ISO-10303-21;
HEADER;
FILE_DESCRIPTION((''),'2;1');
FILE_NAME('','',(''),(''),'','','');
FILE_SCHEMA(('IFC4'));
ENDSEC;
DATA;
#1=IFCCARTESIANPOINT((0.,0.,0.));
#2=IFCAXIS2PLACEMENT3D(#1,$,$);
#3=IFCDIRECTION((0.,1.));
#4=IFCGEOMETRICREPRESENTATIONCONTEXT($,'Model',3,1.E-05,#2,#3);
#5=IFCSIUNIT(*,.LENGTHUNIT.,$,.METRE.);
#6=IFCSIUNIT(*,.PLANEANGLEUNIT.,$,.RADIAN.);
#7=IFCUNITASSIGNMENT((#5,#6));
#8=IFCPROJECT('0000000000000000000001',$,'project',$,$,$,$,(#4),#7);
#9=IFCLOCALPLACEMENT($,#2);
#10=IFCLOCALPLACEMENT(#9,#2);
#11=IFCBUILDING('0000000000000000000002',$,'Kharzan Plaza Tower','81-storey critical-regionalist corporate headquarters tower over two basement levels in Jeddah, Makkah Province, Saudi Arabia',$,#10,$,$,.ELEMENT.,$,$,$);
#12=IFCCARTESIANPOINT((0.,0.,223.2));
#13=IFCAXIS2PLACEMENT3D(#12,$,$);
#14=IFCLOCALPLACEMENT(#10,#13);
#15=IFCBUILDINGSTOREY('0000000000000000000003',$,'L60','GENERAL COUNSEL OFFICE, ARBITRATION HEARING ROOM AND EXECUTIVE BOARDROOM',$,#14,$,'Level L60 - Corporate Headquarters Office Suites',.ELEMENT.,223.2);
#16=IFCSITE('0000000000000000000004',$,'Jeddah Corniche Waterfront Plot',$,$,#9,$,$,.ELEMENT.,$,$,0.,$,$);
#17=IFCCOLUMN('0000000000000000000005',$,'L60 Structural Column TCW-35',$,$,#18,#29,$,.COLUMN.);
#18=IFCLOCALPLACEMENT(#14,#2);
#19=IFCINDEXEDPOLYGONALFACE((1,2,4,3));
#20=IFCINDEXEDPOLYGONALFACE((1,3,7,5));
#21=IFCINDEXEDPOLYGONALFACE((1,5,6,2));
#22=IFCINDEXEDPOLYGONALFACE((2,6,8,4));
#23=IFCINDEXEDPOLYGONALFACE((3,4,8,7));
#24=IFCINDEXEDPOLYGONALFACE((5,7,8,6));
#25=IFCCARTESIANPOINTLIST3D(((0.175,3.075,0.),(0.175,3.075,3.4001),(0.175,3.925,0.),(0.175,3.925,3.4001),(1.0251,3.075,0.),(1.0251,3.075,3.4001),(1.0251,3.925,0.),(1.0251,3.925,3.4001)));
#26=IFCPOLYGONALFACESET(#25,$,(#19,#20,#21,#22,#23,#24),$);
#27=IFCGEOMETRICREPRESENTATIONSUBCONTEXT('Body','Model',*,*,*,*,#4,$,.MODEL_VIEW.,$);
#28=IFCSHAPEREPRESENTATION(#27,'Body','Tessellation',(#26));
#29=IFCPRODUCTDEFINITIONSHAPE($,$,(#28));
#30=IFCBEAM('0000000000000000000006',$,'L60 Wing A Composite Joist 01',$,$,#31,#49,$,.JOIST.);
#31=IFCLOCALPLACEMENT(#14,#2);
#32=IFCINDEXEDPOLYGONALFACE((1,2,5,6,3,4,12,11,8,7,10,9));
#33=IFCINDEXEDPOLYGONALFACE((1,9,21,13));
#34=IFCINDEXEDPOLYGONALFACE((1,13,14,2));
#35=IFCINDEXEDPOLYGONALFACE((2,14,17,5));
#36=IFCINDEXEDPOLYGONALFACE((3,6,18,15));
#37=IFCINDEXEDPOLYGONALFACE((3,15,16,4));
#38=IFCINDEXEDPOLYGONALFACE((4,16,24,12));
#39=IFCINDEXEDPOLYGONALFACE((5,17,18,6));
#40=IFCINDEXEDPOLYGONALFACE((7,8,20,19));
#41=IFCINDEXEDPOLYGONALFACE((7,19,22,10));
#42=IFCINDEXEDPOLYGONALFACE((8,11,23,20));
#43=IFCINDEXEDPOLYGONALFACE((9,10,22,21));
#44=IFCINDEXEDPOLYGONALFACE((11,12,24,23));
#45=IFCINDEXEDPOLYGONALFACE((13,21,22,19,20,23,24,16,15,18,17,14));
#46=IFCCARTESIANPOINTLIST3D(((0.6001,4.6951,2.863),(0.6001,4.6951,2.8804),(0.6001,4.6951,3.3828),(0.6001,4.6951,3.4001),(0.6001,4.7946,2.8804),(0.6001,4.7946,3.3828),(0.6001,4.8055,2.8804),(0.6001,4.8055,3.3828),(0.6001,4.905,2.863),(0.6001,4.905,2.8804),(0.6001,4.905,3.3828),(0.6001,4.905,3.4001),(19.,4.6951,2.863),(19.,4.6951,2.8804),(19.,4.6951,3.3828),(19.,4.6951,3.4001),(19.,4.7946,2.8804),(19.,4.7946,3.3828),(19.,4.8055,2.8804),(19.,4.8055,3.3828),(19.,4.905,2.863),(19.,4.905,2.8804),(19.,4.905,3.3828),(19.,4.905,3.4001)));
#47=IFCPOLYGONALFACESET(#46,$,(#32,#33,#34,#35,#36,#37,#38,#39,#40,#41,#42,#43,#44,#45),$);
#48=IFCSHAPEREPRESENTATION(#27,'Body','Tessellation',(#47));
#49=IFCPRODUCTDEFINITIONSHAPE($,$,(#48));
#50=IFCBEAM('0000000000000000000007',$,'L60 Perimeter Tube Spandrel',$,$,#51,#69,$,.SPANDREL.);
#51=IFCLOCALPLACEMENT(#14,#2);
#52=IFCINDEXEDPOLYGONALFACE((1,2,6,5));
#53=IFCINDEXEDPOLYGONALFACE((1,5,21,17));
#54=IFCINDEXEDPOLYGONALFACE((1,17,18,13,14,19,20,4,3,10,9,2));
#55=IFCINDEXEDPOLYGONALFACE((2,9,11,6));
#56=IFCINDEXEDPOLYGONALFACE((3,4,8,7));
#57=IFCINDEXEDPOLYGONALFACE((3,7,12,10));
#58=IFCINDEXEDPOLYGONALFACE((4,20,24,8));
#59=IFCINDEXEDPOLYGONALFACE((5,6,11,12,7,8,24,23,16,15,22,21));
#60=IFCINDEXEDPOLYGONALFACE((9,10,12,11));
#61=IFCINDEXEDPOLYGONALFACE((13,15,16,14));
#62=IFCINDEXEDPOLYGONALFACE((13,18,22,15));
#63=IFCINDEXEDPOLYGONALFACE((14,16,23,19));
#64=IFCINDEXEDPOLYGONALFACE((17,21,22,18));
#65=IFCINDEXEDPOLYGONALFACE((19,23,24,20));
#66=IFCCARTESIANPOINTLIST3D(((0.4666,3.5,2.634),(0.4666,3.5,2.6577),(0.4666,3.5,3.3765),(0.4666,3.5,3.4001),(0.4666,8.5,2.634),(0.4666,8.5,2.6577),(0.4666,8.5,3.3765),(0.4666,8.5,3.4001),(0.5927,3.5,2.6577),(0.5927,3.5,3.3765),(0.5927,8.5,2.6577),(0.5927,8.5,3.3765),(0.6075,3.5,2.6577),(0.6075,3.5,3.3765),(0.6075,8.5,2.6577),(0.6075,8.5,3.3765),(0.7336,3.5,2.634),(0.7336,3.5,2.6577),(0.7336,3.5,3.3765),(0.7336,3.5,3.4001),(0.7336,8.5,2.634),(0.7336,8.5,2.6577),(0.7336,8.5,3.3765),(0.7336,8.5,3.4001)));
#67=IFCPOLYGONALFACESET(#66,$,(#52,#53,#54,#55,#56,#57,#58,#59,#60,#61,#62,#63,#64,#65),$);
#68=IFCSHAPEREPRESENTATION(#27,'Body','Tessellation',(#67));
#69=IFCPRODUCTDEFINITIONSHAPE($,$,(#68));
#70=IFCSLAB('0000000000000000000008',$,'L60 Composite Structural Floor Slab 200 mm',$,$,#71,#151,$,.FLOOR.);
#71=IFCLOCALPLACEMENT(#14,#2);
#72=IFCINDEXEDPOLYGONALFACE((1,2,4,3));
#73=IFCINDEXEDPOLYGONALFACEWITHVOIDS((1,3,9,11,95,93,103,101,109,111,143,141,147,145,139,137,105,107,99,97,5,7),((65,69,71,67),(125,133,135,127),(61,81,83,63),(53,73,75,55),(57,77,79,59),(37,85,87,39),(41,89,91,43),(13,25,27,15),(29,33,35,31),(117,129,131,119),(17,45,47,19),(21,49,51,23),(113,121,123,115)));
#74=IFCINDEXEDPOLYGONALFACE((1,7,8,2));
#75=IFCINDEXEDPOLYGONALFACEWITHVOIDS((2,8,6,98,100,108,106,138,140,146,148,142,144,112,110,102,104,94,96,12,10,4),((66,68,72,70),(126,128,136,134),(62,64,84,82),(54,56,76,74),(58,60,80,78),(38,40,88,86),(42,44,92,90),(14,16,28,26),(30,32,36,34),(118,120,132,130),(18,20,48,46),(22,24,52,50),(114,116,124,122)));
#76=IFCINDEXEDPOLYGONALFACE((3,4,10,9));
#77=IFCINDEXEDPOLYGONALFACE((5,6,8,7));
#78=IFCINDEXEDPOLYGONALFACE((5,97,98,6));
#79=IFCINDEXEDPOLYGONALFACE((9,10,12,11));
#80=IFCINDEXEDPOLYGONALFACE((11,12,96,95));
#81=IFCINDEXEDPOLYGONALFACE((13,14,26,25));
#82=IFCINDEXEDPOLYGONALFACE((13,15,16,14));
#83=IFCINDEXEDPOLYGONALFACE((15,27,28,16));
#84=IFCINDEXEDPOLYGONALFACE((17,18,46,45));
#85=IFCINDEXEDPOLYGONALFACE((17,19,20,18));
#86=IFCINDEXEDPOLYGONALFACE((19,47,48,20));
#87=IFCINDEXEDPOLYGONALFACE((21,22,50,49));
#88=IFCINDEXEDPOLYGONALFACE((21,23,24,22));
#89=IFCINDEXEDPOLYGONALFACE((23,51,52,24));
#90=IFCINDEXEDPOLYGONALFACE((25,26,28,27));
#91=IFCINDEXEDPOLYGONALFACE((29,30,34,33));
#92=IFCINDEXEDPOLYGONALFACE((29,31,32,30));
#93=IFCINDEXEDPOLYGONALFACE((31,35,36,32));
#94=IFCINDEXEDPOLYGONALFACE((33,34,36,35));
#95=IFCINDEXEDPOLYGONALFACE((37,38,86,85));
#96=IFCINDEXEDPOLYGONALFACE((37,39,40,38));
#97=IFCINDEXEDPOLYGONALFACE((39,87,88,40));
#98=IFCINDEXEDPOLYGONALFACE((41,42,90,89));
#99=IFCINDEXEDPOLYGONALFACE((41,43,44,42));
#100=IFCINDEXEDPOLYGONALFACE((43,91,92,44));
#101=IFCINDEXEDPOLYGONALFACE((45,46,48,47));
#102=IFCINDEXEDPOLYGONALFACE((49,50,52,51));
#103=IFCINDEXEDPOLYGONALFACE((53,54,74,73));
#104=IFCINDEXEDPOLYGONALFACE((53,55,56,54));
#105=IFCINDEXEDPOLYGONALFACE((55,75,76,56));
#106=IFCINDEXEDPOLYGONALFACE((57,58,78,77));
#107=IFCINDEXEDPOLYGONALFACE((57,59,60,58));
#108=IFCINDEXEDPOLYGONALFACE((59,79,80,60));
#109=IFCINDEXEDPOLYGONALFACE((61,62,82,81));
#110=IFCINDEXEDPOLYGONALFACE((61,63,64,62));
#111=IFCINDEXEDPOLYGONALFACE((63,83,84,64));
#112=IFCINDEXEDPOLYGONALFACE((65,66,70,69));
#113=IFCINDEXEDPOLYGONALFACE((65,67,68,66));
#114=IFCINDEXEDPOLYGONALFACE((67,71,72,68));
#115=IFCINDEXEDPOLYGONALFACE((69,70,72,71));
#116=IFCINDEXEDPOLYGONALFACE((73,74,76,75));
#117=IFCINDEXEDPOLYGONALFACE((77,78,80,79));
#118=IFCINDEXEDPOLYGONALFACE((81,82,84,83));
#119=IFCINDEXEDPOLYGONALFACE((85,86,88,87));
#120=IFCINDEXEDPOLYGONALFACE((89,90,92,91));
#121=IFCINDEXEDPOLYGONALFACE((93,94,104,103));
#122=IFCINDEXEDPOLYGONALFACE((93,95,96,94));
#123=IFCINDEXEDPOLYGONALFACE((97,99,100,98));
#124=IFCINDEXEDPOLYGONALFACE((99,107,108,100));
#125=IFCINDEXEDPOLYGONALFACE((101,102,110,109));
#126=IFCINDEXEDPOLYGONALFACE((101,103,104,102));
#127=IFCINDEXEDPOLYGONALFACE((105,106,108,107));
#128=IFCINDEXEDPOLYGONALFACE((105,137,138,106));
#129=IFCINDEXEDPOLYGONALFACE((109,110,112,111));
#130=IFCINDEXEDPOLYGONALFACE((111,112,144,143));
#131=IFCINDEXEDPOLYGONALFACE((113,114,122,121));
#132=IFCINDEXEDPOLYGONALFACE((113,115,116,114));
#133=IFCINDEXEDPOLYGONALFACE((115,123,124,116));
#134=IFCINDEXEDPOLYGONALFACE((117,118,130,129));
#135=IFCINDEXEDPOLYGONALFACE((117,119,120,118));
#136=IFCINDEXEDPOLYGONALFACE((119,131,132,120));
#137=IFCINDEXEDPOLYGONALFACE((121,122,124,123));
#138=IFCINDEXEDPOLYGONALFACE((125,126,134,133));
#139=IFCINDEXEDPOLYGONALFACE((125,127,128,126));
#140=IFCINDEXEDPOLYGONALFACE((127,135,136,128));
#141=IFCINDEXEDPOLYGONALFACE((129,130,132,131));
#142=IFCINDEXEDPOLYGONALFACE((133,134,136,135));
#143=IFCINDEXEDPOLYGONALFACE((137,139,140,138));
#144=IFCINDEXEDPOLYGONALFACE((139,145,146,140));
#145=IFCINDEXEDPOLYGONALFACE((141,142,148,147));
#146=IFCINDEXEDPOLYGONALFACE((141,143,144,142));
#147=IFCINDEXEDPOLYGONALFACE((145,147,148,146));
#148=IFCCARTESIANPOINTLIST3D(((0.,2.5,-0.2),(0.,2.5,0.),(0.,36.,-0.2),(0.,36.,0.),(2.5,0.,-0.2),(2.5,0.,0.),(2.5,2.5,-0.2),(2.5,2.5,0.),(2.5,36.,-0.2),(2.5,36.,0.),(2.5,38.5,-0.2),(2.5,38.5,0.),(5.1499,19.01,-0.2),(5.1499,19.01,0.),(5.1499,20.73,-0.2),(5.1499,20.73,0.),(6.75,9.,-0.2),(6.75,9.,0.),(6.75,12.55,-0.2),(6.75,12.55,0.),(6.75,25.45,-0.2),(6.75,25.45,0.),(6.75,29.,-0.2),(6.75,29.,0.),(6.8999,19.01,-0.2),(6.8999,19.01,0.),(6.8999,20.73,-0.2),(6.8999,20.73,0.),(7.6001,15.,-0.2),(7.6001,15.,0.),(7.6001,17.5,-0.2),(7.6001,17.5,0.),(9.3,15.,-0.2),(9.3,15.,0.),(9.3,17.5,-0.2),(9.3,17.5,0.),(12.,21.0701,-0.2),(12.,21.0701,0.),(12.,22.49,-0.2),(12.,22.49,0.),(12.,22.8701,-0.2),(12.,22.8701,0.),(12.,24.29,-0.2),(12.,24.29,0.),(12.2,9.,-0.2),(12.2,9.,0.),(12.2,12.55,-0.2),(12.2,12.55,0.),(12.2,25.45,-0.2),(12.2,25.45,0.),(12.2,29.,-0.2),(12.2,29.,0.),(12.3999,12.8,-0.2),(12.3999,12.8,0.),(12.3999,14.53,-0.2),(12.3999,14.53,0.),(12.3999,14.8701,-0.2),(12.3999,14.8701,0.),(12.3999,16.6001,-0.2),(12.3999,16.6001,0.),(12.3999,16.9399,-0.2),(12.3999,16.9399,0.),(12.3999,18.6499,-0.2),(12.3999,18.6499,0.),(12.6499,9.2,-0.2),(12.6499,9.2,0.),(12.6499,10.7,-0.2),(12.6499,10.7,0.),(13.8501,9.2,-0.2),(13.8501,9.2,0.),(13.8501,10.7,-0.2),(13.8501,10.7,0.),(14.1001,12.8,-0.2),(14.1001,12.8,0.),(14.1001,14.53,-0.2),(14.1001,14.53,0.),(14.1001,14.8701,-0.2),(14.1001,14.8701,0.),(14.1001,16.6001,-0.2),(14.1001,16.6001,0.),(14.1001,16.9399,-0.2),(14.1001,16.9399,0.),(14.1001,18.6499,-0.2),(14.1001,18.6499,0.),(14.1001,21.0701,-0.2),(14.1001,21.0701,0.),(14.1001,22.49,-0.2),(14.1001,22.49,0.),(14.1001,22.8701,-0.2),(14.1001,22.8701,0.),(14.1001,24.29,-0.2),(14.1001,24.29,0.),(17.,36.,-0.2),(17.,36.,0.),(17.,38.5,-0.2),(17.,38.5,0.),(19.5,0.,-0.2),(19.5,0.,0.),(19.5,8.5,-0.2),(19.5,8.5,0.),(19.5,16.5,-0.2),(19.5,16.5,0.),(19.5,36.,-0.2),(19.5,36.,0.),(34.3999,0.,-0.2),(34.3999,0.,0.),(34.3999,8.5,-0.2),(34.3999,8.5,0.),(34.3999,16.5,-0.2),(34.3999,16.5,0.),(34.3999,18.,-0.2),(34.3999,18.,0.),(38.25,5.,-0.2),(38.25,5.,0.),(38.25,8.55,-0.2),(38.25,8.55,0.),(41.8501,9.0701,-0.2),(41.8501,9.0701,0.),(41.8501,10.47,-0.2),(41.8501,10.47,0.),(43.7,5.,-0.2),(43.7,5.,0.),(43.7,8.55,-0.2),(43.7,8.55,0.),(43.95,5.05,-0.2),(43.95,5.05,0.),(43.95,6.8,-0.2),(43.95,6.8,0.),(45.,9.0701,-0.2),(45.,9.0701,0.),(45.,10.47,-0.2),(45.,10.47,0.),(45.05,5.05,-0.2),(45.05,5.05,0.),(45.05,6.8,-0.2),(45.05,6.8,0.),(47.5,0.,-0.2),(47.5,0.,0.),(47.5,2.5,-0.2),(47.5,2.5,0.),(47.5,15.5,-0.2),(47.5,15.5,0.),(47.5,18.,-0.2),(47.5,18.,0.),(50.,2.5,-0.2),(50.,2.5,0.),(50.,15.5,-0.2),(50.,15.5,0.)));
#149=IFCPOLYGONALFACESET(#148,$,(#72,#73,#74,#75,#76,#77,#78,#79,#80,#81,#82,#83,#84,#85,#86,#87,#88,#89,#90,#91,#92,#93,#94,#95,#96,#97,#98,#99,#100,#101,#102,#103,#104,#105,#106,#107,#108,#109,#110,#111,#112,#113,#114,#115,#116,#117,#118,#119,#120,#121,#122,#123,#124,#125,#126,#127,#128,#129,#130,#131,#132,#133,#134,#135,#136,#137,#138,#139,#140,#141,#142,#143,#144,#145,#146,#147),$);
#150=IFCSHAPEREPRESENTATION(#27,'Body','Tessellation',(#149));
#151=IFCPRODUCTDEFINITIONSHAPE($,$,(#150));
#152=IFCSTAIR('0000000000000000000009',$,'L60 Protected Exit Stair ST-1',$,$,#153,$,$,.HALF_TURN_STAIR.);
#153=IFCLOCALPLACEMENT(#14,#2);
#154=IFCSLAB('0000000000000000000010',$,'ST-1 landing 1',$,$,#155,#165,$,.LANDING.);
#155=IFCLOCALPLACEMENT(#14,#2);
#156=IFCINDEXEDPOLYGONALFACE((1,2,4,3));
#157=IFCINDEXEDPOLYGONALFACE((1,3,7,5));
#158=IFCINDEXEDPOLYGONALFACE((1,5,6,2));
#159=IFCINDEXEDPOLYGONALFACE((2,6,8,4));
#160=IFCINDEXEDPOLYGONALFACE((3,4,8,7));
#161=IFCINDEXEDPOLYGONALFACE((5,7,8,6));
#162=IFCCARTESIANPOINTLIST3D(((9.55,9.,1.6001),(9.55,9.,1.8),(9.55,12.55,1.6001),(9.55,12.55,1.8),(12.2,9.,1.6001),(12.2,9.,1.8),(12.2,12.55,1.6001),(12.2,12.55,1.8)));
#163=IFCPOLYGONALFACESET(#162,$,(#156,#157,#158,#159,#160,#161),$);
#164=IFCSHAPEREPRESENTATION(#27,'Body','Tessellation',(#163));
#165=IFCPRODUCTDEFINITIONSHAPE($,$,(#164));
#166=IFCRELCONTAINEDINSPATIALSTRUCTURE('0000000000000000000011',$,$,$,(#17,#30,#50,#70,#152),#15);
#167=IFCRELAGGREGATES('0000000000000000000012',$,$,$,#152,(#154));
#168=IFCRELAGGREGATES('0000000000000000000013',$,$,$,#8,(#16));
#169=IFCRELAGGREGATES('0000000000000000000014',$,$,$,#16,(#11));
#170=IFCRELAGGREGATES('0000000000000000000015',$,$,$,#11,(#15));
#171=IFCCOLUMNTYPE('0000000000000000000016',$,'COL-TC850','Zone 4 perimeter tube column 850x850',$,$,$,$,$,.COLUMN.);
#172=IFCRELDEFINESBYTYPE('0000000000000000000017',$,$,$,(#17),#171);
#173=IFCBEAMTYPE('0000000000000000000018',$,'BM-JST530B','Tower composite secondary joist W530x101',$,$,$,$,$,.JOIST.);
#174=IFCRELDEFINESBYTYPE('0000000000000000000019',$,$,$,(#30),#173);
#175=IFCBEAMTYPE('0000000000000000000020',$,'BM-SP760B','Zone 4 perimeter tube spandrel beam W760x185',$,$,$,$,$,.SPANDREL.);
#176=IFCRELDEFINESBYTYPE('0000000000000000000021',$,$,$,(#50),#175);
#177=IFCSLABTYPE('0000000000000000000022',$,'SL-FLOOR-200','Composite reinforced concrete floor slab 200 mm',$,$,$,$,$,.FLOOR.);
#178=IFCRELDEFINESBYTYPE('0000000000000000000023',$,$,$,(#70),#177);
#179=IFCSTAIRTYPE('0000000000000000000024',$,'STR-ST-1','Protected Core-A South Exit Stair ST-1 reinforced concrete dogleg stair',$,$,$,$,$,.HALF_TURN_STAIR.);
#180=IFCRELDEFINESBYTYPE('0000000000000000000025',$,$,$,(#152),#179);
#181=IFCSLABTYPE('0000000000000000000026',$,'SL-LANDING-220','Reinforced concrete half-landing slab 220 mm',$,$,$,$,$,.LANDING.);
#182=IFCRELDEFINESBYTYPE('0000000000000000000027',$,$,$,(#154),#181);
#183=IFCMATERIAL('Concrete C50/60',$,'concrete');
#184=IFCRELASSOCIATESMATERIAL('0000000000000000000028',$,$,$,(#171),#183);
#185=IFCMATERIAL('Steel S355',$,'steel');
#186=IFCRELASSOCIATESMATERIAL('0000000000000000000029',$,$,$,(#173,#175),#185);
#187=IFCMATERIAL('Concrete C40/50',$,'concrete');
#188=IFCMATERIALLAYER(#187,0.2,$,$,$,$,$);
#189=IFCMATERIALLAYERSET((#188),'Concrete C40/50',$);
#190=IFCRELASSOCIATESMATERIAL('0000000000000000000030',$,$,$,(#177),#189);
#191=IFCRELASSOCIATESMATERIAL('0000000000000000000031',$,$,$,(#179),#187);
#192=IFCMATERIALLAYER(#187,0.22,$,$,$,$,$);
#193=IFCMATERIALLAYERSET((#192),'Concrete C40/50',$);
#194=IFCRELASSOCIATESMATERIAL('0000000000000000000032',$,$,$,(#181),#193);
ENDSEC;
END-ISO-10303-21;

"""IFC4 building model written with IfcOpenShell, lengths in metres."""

from ifc_helpers import new_model, si_unit, direction, frame, origin, origin_2d, place, context, subcontext, project, spatial, polyline, rectangle, i_section, outline, extrude, source, transform, mapped, material, layer, layer_set, material_profile, profile_set, type_object, element, aggregate, save


model = new_model("IFC4")

# Units and contexts
model_context = context("Model", 3, precision=1e-05, world=origin(), true_north=direction((0.0, 1.0)))
body_context = subcontext(model_context, "Body", "Model", "MODEL_VIEW")
ifc_project = project(units=[si_unit("LENGTHUNIT", "METRE"), si_unit("PLANEANGLEUNIT", "RADIAN")], contexts=[model_context])

# Site, building, storey
site_placement = place(None, origin())
site = spatial("IfcSite", under=ifc_project, at=site_placement, Name="Jeddah Corniche Waterfront Plot", CompositionType="ELEMENT", RefElevation=0.0)
building_placement = place(site_placement, origin())
building = spatial("IfcBuilding", under=site, at=building_placement, Name="Kharzan Plaza Tower", Description="81-storey critical-regionalist corporate headquarters tower over two basement levels in Jeddah, Makkah Province, Saudi Arabia", CompositionType="ELEMENT")
storey_placement = place(building_placement, frame((0.0, 0.0, 223.2)))
storey = spatial("IfcBuildingStorey", under=building, at=storey_placement, Name="L60", Description="GENERAL COUNSEL OFFICE, ARBITRATION HEARING ROOM AND EXECUTIVE BOARDROOM", LongName="Level L60 - Corporate Headquarters Office Suites", CompositionType="ELEMENT", Elevation=223.2)

# Column
ifc_material_1 = material(Name="Concrete C50/60", Category="concrete")
ifc_material_profile_1 = material_profile(ifc_material_1, rectangle(XDim=0.8501, YDim=0.8501, at=origin_2d()), Name="RC-TC850x850")
ifc_profile_set_1 = profile_set([ifc_material_profile_1], Name="Concrete C50/60")
column_type = type_object("IfcColumnType", Name="COL-TC850", Description="Zone 4 perimeter tube column 850x850", PredefinedType="COLUMN", material=ifc_profile_set_1)
shared_shape_1 = source(origin(), body_context, "Body", "SweptSolid", [
    extrude(rectangle(XDim=0.8501, YDim=0.8501, at=origin_2d()), origin(), (0.0, 0.0, 1.0), 3.4001),
])
column_placement = place(storey_placement, frame((0.6001, 3.5, 0.0), z_axis=(0.0, 0.0, 1.0), x_axis=(1.0, 0.0, 0.0)))
element("IfcColumn", 1, at=column_placement, inside=storey, type_object=column_type, Name="L60 Structural Column TCW-35", PredefinedType="COLUMN", context=body_context, shape_type="MappedRepresentation", body=[
    mapped(shared_shape_1, transform((0.0, 0.0, 0.0), x_axis=(1.0, 0.0, 0.0), y_axis=(0.0, 1.0, 0.0), z_axis=(0.0, 0.0, 1.0))),
])

# Beams
ifc_material_2 = material(Name="Steel S355", Category="steel")
ifc_material_profile_2 = material_profile(ifc_material_2, i_section(OverallWidth=0.21, OverallDepth=0.5371, WebThickness=0.011, FlangeThickness=0.0173, at=origin_2d()), Name="W530x101")
ifc_profile_set_2 = profile_set([ifc_material_profile_2], Name="Steel S355")
beam_type_1 = type_object("IfcBeamType", Name="BM-JST530B", Description="Tower composite secondary joist W530x101", PredefinedType="JOIST", material=ifc_profile_set_2)
shared_shape_2 = source(origin(), body_context, "Body", "SweptSolid", [
    extrude(i_section(OverallWidth=0.21, OverallDepth=0.5371, WebThickness=0.011, FlangeThickness=0.0173, at=origin_2d()), origin(), (0.0, 0.0, 1.0), 18.3999),
])
beam_1_placement = place(storey_placement, frame((0.6001, 4.8, 3.1316), z_axis=(1.0, 0.0, 0.0), x_axis=(0.0, 1.0, 0.0)))
element("IfcBeam", 2, at=beam_1_placement, inside=storey, type_object=beam_type_1, Name="L60 Wing A Composite Joist 01", PredefinedType="JOIST", context=body_context, shape_type="MappedRepresentation", body=[
    mapped(shared_shape_2, transform((0.0, 0.0, 0.0), x_axis=(1.0, 0.0, 0.0), y_axis=(0.0, 1.0, 0.0), z_axis=(0.0, 0.0, 1.0))),
])
ifc_material_profile_3 = material_profile(ifc_material_2, i_section(OverallWidth=0.2671, OverallDepth=0.7661, WebThickness=0.0149, FlangeThickness=0.0237, at=origin_2d()), Name="W760x185")
ifc_profile_set_3 = profile_set([ifc_material_profile_3], Name="Steel S355")
beam_type_2 = type_object("IfcBeamType", Name="BM-SP760B", Description="Zone 4 perimeter tube spandrel beam W760x185", PredefinedType="SPANDREL", material=ifc_profile_set_3)
shared_shape_3 = source(origin(), body_context, "Body", "SweptSolid", [
    extrude(i_section(OverallWidth=0.2671, OverallDepth=0.7661, WebThickness=0.0149, FlangeThickness=0.0237, at=origin_2d()), origin(), (0.0, 0.0, 1.0), 5.0),
])
beam_2_placement = place(storey_placement, frame((0.6001, 3.5, 3.0171), z_axis=(0.0, 1.0, 0.0), x_axis=(-1.0, 0.0, 0.0)))
element("IfcBeam", 3, at=beam_2_placement, inside=storey, type_object=beam_type_2, Name="L60 Perimeter Tube Spandrel", PredefinedType="SPANDREL", context=body_context, shape_type="MappedRepresentation", body=[
    mapped(shared_shape_3, transform((0.0, 0.0, 0.0), x_axis=(1.0, 0.0, 0.0), y_axis=(0.0, 1.0, 0.0), z_axis=(0.0, 0.0, 1.0))),
])

# Slab
ifc_material_3 = material(Name="Concrete C40/50", Category="concrete")
ifc_layer_1 = layer(ifc_material_3, 0.2)
ifc_layer_set_1 = layer_set([ifc_layer_1], Name="Concrete C40/50")
slab_type_1 = type_object("IfcSlabType", Name="SL-FLOOR-200", Description="Composite reinforced concrete floor slab 200 mm", PredefinedType="FLOOR", material=ifc_layer_set_1)
slab_1_placement = place(storey_placement, frame((0.0, 0.0, -0.2)))
element("IfcSlab", 4, at=slab_1_placement, inside=storey, type_object=slab_type_1, Name="L60 Composite Structural Floor Slab 200 mm", PredefinedType="FLOOR", context=body_context, shape_type="SweptSolid", body=[
    extrude(outline(polyline([(34.3999, 16.5), (19.5, 16.5), (19.5, 36.0), (17.0, 36.0), (17.0, 38.5), (2.5, 38.5), (2.5, 36.0), (0.0, 36.0), (0.0, 2.5), (2.5, 2.5), (2.5, 0.0), (19.5, 0.0), (19.5, 8.5), (34.3999, 8.5), (34.3999, 0.0), (47.5, 0.0), (47.5, 2.5), (50.0, 2.5), (50.0, 15.5), (47.5, 15.5), (47.5, 18.0), (34.3999, 18.0), (34.3999, 16.5)]), holes=[polyline([(12.2, 12.55), (6.75, 12.55), (6.75, 9.0), (12.2, 9.0), (12.2, 12.55)]), polyline([(14.1001, 12.8), (14.1001, 14.53), (12.3999, 14.53), (12.3999, 12.8), (14.1001, 12.8)]), polyline([(9.3, 15.0), (9.3, 17.5), (7.6001, 17.5), (7.6001, 15.0), (9.3, 15.0)]), polyline([(6.8999, 20.73), (5.1499, 20.73), (5.1499, 19.01), (6.8999, 19.01), (6.8999, 20.73)]), polyline([(14.1001, 21.0701), (14.1001, 22.49), (12.0, 22.49), (12.0, 21.0701), (14.1001, 21.0701)]), polyline([(14.1001, 22.8701), (14.1001, 24.29), (12.0, 24.29), (12.0, 22.8701), (14.1001, 22.8701)]), polyline([(12.2, 29.0), (6.75, 29.0), (6.75, 25.45), (12.2, 25.45), (12.2, 29.0)]), polyline([(45.05, 5.05), (45.05, 6.8), (43.95, 6.8), (43.95, 5.05), (45.05, 5.05)]), polyline([(43.7, 5.0), (43.7, 8.55), (38.25, 8.55), (38.25, 5.0), (43.7, 5.0)]), polyline([(45.0, 9.0701), (45.0, 10.47), (41.8501, 10.47), (41.8501, 9.0701), (45.0, 9.0701)]), polyline([(13.8501, 9.2), (13.8501, 10.7), (12.6499, 10.7), (12.6499, 9.2), (13.8501, 9.2)]), polyline([(14.1001, 14.8701), (14.1001, 16.6001), (12.3999, 16.6001), (12.3999, 14.8701), (14.1001, 14.8701)]), polyline([(14.1001, 16.9399), (14.1001, 18.6499), (12.3999, 18.6499), (12.3999, 16.9399), (14.1001, 16.9399)])]), origin(), (0.0, 0.0, 1.0), 0.2),
])

# Stair, slab
stair_type_1 = type_object("IfcStairType", Name="STR-ST-1", Description="Protected Core-A South Exit Stair ST-1 reinforced concrete dogleg stair", PredefinedType="HALF_TURN_STAIR", material=ifc_material_3)
stair_1_placement = place(storey_placement, origin())
stair_1 = element("IfcStair", 5, at=stair_1_placement, inside=storey, type_object=stair_type_1, Name="L60 Protected Exit Stair ST-1", PredefinedType="HALF_TURN_STAIR")
ifc_layer_2 = layer(ifc_material_3, 0.22)
ifc_layer_set_2 = layer_set([ifc_layer_2], Name="Concrete C40/50")
slab_type_2 = type_object("IfcSlabType", Name="SL-LANDING-220", Description="Reinforced concrete half-landing slab 220 mm", PredefinedType="LANDING", material=ifc_layer_set_2)
slab_2_placement = place(storey_placement, frame((0.0, 0.0, 1.6001)))
slab_2 = element("IfcSlab", 6, at=slab_2_placement, type_object=slab_type_2, Name="ST-1 landing 1", PredefinedType="LANDING", context=body_context, shape_type="SweptSolid", body=[
    extrude(outline(polyline([(9.55, 9.0), (12.2, 9.0), (12.2, 12.55), (9.55, 12.55), (9.55, 9.0)])), origin(), (0.0, 0.0, 1.0), 0.2),
])
aggregate(stair_1, [slab_2])

save(model, "model.ifc")
